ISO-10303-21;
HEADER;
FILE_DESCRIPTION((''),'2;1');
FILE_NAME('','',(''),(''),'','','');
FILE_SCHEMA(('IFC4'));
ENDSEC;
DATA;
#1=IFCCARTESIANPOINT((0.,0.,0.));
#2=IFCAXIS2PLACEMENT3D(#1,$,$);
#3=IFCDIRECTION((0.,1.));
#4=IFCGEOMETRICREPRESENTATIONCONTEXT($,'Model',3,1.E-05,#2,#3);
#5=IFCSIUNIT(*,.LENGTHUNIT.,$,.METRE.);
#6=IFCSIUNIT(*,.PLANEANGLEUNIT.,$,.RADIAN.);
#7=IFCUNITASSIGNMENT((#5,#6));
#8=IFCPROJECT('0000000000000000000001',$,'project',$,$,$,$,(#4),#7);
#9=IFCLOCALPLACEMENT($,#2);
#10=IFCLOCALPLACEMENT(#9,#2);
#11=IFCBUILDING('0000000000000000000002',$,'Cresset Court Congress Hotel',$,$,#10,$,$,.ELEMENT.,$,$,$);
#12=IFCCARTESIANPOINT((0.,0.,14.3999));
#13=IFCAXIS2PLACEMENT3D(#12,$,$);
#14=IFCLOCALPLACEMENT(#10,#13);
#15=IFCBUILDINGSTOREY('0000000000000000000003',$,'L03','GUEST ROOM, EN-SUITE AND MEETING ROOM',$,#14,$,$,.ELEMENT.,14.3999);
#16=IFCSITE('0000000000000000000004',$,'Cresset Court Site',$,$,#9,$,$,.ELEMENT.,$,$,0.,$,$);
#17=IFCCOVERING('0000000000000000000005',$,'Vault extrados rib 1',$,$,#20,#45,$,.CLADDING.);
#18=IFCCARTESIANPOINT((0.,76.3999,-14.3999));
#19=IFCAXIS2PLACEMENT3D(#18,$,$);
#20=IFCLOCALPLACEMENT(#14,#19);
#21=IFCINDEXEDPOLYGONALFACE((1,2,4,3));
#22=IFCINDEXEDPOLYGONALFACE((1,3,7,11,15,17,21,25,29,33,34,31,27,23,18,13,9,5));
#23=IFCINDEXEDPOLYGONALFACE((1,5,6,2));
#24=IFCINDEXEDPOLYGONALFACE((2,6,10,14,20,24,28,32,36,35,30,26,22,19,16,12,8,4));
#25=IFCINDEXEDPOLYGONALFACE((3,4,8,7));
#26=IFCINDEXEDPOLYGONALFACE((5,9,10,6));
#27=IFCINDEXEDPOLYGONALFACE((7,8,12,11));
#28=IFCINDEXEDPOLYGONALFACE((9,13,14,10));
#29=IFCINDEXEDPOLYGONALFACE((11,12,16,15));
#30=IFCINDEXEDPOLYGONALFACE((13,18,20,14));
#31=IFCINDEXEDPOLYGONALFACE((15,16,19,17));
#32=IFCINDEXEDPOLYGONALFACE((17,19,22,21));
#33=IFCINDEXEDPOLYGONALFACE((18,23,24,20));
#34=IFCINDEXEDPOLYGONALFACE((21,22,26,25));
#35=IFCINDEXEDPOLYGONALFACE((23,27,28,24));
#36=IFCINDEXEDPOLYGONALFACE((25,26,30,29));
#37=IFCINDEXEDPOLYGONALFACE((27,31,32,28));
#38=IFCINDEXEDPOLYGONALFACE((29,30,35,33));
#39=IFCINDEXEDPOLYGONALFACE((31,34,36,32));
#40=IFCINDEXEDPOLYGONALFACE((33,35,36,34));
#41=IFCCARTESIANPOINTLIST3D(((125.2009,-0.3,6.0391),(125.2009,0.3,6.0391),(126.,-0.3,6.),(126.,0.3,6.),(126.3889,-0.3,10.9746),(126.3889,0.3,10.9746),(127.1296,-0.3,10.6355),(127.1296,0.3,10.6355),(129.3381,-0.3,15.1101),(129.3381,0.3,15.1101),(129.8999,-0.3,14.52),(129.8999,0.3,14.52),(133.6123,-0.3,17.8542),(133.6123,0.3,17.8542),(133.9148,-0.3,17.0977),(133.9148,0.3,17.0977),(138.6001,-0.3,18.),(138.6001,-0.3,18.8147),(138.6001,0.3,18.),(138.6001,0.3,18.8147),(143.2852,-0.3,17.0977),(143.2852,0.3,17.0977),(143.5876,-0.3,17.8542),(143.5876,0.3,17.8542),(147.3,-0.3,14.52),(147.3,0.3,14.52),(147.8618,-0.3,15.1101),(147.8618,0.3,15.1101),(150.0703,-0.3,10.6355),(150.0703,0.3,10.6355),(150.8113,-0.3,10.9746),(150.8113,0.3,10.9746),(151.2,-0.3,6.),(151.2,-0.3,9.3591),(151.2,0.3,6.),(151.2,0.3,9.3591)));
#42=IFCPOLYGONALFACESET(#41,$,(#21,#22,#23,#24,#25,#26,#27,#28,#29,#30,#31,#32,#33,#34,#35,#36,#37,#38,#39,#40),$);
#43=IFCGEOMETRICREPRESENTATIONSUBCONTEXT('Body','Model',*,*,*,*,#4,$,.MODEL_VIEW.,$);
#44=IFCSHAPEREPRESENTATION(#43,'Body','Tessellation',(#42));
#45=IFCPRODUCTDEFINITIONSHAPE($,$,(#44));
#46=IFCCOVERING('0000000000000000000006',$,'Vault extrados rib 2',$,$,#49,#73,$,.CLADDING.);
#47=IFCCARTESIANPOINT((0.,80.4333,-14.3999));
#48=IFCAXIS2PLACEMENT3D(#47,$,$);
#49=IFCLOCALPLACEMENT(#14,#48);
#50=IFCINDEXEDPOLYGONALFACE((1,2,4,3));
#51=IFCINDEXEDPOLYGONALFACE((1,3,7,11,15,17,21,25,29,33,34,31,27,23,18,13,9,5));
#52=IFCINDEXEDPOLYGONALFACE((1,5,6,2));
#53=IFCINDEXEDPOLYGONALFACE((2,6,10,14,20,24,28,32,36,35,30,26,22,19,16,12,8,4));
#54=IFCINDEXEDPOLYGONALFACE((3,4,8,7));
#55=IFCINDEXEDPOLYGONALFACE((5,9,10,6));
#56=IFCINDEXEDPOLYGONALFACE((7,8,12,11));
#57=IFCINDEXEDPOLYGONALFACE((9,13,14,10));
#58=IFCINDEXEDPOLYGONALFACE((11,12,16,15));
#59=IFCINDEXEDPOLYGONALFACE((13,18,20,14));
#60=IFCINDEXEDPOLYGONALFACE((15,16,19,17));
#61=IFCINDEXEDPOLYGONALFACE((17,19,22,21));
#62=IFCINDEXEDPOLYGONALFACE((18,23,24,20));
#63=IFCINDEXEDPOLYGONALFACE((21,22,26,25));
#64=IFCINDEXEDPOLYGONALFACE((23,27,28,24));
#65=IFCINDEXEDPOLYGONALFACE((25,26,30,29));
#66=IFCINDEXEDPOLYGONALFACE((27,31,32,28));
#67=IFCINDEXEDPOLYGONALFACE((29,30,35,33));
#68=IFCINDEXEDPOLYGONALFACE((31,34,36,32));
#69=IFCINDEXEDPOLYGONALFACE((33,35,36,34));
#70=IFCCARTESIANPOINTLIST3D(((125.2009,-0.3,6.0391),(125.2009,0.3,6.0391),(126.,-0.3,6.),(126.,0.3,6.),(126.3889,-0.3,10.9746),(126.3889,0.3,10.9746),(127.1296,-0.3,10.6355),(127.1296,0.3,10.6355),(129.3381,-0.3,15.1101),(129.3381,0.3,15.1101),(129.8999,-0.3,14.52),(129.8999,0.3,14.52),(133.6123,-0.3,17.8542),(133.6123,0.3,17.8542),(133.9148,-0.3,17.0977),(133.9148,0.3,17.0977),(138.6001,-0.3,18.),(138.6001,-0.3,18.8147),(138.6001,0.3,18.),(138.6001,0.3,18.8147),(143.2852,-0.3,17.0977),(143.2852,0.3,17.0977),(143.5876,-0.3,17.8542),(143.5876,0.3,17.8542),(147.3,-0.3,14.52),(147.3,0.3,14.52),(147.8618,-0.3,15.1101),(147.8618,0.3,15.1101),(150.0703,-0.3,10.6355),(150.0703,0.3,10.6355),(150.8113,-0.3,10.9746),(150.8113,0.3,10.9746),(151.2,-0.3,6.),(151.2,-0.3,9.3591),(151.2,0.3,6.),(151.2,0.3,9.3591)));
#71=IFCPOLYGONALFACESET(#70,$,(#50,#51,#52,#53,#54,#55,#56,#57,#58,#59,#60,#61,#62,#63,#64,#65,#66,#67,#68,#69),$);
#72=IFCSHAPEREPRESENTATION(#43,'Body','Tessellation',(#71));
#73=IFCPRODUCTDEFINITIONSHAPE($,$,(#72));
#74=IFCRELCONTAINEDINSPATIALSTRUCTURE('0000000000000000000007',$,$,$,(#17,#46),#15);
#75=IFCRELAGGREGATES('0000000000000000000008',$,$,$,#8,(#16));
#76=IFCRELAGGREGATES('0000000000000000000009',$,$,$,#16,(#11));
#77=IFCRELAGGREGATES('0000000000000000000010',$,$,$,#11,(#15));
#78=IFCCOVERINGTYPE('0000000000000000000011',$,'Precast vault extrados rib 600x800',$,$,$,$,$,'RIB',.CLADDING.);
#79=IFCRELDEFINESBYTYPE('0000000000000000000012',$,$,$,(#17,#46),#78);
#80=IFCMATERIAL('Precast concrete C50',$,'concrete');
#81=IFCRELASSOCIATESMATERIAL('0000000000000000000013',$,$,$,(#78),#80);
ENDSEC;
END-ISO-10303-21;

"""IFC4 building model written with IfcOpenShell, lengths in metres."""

from ifc_helpers import new_model, si_unit, direction, frame, origin, place, context, subcontext, project, spatial, polyline, outline, extrude, material, type_object, element, save


model = new_model("IFC4")

# Units and contexts
model_context = context("Model", 3, precision=1e-05, world=origin(), true_north=direction((0.0, 1.0)))
body_context = subcontext(model_context, "Body", "Model", "MODEL_VIEW")
ifc_project = project(units=[si_unit("LENGTHUNIT", "METRE"), si_unit("PLANEANGLEUNIT", "RADIAN")], contexts=[model_context])

# Site, building, storey
site_placement = place(None, origin())
site = spatial("IfcSite", under=ifc_project, at=site_placement, Name="Cresset Court Site", CompositionType="ELEMENT", RefElevation=0.0)
building_placement = place(site_placement, origin())
building = spatial("IfcBuilding", under=site, at=building_placement, Name="Cresset Court Congress Hotel", CompositionType="ELEMENT")
storey_placement = place(building_placement, frame((0.0, 0.0, 14.3999)))
storey = spatial("IfcBuildingStorey", under=building, at=storey_placement, Name="L03", Description="GUEST ROOM, EN-SUITE AND MEETING ROOM", CompositionType="ELEMENT", Elevation=14.3999)

# Coverings
ifc_material_1 = material(Name="Precast concrete C50", Category="concrete")
covering_type_1 = type_object("IfcCoveringType", Name="Precast vault extrados rib 600x800", ElementType="RIB", PredefinedType="CLADDING", material=ifc_material_1)
for number, where, name in (
    (1, (0.0, 76.3999, -14.3999), "Vault extrados rib 1"),
    (2, (0.0, 80.4333, -14.3999), "Vault extrados rib 2"),
):
    element("IfcCovering", number, at=place(storey_placement, frame(where)), inside=storey, type_object=covering_type_1, Name=name, PredefinedType="CLADDING", context=body_context, shape_type="SweptSolid", body=[
        extrude(outline(polyline([(126.3889, 10.9746), (129.3381, 15.1101), (133.6123, 17.8542), (138.6001, 18.8147), (143.5876, 17.8542), (147.8618, 15.1101), (150.8113, 10.9746), (151.2, 9.3591), (151.2, 6.0), (150.0703, 10.6355), (147.3, 14.52), (143.2852, 17.0977), (138.6001, 18.0), (133.9148, 17.0977), (129.8999, 14.52), (127.1296, 10.6355), (126.0, 6.0), (125.2009, 6.0391), (126.3889, 10.9746)])), frame((0.0, 0.3, 0.0), z_axis=(0.0, -1.0, 0.0), x_axis=(1.0, 0.0, 0.0)), (0.0, 0.0, 1.0), 0.6001),
    ])

save(model, "model.ifc")
